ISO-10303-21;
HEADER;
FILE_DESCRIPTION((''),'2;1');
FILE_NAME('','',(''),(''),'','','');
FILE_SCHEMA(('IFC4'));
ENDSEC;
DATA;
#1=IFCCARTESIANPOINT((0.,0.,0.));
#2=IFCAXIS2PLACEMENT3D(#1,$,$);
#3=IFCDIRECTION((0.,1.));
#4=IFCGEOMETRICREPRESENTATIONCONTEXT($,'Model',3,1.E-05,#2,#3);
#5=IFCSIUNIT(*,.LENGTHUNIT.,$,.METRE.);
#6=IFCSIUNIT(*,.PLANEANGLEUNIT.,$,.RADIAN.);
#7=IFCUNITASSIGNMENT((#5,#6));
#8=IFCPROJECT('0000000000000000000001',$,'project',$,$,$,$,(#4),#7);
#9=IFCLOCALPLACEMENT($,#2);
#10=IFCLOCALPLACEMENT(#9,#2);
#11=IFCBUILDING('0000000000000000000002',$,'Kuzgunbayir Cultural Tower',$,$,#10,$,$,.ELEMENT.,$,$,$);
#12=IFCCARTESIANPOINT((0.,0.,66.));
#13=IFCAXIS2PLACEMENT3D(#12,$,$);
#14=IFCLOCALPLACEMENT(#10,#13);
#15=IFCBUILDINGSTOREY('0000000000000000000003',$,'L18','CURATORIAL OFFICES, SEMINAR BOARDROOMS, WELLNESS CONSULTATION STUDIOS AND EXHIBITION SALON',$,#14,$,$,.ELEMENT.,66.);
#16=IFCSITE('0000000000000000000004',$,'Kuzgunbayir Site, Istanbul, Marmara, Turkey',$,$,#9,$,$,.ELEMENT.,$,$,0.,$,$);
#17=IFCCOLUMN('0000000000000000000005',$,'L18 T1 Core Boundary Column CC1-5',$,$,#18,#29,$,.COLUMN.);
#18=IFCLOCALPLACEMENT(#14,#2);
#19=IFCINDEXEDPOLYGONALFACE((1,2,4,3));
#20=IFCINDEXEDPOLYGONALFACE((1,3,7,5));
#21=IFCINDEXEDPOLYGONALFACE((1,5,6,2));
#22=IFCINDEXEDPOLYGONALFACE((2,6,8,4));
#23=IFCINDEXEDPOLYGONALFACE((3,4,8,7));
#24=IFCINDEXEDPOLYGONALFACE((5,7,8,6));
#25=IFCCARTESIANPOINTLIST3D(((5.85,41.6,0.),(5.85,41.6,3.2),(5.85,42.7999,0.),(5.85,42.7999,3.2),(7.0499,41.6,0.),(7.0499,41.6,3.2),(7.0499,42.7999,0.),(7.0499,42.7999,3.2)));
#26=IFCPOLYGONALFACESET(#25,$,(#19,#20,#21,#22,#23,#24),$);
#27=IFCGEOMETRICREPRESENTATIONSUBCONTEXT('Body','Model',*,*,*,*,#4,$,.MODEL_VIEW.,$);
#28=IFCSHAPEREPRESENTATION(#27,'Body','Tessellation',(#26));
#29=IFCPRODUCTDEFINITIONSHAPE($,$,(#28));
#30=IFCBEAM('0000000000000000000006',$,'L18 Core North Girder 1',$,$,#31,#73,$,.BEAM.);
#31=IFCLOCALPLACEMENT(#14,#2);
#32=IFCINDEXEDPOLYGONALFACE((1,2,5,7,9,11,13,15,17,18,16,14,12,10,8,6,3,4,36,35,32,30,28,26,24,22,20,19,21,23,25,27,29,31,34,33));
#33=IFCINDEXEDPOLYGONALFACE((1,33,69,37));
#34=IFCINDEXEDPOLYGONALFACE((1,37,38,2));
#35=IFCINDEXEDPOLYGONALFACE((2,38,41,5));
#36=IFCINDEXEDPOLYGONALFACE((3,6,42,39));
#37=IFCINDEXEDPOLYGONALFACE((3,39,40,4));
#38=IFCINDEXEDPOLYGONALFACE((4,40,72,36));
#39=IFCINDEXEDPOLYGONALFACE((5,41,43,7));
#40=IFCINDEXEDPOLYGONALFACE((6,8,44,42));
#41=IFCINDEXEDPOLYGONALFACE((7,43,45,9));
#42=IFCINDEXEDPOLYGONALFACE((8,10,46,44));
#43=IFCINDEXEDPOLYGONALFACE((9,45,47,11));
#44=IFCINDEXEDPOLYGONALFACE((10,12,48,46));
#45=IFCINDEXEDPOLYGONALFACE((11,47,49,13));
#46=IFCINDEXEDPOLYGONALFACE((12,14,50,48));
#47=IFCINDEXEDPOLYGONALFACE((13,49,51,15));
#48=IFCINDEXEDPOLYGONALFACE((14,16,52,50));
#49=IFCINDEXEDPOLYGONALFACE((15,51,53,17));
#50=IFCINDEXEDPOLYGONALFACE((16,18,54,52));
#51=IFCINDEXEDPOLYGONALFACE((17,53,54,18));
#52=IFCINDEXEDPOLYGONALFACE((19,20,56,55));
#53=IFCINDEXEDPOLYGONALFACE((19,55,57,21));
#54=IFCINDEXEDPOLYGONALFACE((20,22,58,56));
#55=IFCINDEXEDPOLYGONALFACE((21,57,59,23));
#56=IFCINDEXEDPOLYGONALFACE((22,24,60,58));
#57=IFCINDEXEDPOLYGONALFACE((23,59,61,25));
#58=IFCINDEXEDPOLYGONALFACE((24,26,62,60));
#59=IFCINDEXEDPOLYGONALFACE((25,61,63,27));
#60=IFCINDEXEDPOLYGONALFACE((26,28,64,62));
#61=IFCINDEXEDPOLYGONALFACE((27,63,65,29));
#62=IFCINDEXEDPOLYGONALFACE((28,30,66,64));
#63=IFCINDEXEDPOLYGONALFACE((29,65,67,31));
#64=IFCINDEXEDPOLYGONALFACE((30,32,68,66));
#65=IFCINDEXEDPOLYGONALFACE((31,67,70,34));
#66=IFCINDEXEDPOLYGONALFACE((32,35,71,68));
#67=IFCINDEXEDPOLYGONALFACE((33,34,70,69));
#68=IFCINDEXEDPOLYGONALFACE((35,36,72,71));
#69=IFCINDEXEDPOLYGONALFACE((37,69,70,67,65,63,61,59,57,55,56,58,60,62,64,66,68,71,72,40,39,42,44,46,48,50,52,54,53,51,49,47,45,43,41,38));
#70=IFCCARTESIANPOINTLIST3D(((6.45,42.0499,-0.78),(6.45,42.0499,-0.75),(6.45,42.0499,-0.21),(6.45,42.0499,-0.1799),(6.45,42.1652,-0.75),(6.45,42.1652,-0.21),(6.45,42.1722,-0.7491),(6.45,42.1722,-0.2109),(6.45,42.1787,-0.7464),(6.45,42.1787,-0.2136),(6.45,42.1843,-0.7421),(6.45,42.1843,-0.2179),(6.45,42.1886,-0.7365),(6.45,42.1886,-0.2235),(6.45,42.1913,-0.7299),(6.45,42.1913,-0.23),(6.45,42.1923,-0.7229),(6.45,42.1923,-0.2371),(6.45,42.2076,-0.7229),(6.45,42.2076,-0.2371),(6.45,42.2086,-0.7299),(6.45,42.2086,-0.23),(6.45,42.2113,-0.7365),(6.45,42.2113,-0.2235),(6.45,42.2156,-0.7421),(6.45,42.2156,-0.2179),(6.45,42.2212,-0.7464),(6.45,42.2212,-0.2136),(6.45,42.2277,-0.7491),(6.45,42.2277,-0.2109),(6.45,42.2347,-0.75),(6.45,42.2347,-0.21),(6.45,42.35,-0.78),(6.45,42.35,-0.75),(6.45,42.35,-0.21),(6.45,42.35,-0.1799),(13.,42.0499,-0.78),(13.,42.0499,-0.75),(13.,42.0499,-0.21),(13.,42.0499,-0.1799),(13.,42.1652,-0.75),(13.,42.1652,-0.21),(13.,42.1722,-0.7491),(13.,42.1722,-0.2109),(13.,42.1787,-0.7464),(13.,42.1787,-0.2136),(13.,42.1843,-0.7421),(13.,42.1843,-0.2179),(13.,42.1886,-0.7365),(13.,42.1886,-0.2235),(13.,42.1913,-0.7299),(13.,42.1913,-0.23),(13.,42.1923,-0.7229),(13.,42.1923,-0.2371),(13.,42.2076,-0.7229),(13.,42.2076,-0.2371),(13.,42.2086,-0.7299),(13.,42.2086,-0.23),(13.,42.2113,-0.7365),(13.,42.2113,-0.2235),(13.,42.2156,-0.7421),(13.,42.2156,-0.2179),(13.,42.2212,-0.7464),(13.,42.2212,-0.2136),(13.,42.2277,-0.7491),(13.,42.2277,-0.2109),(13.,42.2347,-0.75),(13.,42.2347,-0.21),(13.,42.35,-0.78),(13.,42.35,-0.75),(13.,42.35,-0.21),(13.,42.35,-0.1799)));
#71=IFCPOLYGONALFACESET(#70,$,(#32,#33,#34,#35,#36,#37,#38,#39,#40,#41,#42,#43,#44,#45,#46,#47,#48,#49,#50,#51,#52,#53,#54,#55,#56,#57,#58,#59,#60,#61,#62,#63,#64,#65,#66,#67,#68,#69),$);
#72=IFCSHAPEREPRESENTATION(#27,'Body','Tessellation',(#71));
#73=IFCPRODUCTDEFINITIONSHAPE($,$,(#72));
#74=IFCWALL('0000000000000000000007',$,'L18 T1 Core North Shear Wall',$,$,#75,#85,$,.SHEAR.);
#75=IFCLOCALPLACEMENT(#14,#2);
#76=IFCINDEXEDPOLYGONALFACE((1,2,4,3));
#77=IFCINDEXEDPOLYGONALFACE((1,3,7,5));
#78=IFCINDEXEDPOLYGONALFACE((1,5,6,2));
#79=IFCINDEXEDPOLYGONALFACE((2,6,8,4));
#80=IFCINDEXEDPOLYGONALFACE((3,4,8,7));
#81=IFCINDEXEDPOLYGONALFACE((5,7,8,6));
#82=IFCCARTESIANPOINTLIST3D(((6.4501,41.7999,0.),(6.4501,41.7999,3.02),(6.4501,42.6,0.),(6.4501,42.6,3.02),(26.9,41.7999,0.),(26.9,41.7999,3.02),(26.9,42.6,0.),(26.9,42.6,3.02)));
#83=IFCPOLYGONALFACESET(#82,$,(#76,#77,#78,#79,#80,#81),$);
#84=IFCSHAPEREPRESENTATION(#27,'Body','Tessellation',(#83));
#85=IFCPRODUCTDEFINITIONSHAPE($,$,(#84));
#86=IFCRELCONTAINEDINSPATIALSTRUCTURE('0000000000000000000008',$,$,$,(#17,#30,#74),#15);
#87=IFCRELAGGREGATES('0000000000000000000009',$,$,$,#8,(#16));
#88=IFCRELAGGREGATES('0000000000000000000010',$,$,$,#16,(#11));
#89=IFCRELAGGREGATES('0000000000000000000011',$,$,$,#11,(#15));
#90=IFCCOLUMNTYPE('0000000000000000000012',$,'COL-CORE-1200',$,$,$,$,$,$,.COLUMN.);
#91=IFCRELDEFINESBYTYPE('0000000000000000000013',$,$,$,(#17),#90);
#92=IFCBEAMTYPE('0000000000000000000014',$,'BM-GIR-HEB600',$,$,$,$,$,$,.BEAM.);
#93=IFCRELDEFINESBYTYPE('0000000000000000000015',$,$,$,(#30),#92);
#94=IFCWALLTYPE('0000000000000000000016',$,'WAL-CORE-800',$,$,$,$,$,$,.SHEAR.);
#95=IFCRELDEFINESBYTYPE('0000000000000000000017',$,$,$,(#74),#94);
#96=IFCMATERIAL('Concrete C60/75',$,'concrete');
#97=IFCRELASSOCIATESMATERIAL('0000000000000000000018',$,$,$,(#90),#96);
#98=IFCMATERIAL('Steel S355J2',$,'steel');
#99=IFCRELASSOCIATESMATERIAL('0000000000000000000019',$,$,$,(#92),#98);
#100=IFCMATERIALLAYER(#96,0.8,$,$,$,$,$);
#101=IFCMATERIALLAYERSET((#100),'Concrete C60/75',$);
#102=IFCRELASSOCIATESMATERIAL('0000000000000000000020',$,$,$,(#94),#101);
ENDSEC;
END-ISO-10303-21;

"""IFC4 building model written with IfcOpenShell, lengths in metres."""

from ifc_helpers import new_model, si_unit, direction, frame, frame_2d, origin, origin_2d, place, context, subcontext, project, spatial, rectangle, i_section, extrude, material, layer, layer_set, material_profile, profile_set, type_object, element, save


model = new_model("IFC4")

# Units and contexts
model_context = context("Model", 3, precision=1e-05, world=origin(), true_north=direction((0.0, 1.0)))
body_context = subcontext(model_context, "Body", "Model", "MODEL_VIEW")
ifc_project = project(units=[si_unit("LENGTHUNIT", "METRE"), si_unit("PLANEANGLEUNIT", "RADIAN")], contexts=[model_context])

# Site, building, storey
site_placement = place(None, origin())
site = spatial("IfcSite", under=ifc_project, at=site_placement, Name="Kuzgunbayir Site, Istanbul, Marmara, Turkey", CompositionType="ELEMENT", RefElevation=0.0)
building_placement = place(site_placement, origin())
building = spatial("IfcBuilding", under=site, at=building_placement, Name="Kuzgunbayir Cultural Tower", CompositionType="ELEMENT")
storey_placement = place(building_placement, frame((0.0, 0.0, 66.0)))
storey = spatial("IfcBuildingStorey", under=building, at=storey_placement, Name="L18", Description="CURATORIAL OFFICES, SEMINAR BOARDROOMS, WELLNESS CONSULTATION STUDIOS AND EXHIBITION SALON", CompositionType="ELEMENT", Elevation=66.0)

# Column
ifc_material_1 = material(Name="Concrete C60/75", Category="concrete")
ifc_material_profile_1 = material_profile(ifc_material_1, rectangle(XDim=1.2, YDim=1.2, at=origin_2d()), Name="RC 1200x1200")
ifc_profile_set_1 = profile_set([ifc_material_profile_1], Name="Concrete C60/75")
column_type = type_object("IfcColumnType", Name="COL-CORE-1200", PredefinedType="COLUMN", material=ifc_profile_set_1)
column_placement = place(storey_placement, frame((6.45, 42.2, 0.0), z_axis=(0.0, 0.0, 1.0), x_axis=(1.0, 0.0, 0.0)))
element("IfcColumn", 1, at=column_placement, inside=storey, type_object=column_type, Name="L18 T1 Core Boundary Column CC1-5", PredefinedType="COLUMN", context=body_context, shape_type="SweptSolid", body=[
    extrude(rectangle(XDim=1.2, YDim=1.2, at=origin_2d()), origin(), (0.0, 0.0, 1.0), 3.2),
])

# Beam
ifc_material_2 = material(Name="Steel S355J2", Category="steel")
ifc_material_profile_2 = material_profile(ifc_material_2, i_section(OverallWidth=0.3, OverallDepth=0.6001, WebThickness=0.0154, FlangeThickness=0.03, FilletRadius=0.0271, at=origin_2d()), Name="HEB 600")
ifc_profile_set_2 = profile_set([ifc_material_profile_2], Name="Steel S355J2")
beam_type = type_object("IfcBeamType", Name="BM-GIR-HEB600", PredefinedType="BEAM", material=ifc_profile_set_2)
beam_placement = place(storey_placement, frame((6.45, 42.2, -0.48), z_axis=(1.0, 0.0, 0.0), x_axis=(0.0, 1.0, 0.0)))
element("IfcBeam", 2, at=beam_placement, inside=storey, type_object=beam_type, Name="L18 Core North Girder 1", PredefinedType="BEAM", context=body_context, shape_type="SweptSolid", body=[
    extrude(i_section(OverallWidth=0.3, OverallDepth=0.6001, WebThickness=0.0154, FlangeThickness=0.03, FilletRadius=0.0271, at=origin_2d()), origin(), (0.0, 0.0, 1.0), 6.55),
])

# Wall
ifc_layer_1 = layer(ifc_material_1, 0.8)
ifc_layer_set_1 = layer_set([ifc_layer_1], Name="Concrete C60/75")
wall_type_1 = type_object("IfcWallType", Name="WAL-CORE-800", PredefinedType="SHEAR", material=ifc_layer_set_1)
wall_1_placement = place(storey_placement, frame((6.45, 42.2, 0.0), z_axis=(0.0, 0.0, 1.0), x_axis=(1.0, 0.0, 0.0)))
element("IfcWall", 3, at=wall_1_placement, inside=storey, type_object=wall_type_1, Name="L18 T1 Core North Shear Wall", PredefinedType="SHEAR", context=body_context, shape_type="SweptSolid", body=[
    extrude(rectangle(XDim=20.45, YDim=0.8, at=frame_2d((10.2251, 0.0))), origin(), (0.0, 0.0, 1.0), 3.02),
])

save(model, "model.ifc")
